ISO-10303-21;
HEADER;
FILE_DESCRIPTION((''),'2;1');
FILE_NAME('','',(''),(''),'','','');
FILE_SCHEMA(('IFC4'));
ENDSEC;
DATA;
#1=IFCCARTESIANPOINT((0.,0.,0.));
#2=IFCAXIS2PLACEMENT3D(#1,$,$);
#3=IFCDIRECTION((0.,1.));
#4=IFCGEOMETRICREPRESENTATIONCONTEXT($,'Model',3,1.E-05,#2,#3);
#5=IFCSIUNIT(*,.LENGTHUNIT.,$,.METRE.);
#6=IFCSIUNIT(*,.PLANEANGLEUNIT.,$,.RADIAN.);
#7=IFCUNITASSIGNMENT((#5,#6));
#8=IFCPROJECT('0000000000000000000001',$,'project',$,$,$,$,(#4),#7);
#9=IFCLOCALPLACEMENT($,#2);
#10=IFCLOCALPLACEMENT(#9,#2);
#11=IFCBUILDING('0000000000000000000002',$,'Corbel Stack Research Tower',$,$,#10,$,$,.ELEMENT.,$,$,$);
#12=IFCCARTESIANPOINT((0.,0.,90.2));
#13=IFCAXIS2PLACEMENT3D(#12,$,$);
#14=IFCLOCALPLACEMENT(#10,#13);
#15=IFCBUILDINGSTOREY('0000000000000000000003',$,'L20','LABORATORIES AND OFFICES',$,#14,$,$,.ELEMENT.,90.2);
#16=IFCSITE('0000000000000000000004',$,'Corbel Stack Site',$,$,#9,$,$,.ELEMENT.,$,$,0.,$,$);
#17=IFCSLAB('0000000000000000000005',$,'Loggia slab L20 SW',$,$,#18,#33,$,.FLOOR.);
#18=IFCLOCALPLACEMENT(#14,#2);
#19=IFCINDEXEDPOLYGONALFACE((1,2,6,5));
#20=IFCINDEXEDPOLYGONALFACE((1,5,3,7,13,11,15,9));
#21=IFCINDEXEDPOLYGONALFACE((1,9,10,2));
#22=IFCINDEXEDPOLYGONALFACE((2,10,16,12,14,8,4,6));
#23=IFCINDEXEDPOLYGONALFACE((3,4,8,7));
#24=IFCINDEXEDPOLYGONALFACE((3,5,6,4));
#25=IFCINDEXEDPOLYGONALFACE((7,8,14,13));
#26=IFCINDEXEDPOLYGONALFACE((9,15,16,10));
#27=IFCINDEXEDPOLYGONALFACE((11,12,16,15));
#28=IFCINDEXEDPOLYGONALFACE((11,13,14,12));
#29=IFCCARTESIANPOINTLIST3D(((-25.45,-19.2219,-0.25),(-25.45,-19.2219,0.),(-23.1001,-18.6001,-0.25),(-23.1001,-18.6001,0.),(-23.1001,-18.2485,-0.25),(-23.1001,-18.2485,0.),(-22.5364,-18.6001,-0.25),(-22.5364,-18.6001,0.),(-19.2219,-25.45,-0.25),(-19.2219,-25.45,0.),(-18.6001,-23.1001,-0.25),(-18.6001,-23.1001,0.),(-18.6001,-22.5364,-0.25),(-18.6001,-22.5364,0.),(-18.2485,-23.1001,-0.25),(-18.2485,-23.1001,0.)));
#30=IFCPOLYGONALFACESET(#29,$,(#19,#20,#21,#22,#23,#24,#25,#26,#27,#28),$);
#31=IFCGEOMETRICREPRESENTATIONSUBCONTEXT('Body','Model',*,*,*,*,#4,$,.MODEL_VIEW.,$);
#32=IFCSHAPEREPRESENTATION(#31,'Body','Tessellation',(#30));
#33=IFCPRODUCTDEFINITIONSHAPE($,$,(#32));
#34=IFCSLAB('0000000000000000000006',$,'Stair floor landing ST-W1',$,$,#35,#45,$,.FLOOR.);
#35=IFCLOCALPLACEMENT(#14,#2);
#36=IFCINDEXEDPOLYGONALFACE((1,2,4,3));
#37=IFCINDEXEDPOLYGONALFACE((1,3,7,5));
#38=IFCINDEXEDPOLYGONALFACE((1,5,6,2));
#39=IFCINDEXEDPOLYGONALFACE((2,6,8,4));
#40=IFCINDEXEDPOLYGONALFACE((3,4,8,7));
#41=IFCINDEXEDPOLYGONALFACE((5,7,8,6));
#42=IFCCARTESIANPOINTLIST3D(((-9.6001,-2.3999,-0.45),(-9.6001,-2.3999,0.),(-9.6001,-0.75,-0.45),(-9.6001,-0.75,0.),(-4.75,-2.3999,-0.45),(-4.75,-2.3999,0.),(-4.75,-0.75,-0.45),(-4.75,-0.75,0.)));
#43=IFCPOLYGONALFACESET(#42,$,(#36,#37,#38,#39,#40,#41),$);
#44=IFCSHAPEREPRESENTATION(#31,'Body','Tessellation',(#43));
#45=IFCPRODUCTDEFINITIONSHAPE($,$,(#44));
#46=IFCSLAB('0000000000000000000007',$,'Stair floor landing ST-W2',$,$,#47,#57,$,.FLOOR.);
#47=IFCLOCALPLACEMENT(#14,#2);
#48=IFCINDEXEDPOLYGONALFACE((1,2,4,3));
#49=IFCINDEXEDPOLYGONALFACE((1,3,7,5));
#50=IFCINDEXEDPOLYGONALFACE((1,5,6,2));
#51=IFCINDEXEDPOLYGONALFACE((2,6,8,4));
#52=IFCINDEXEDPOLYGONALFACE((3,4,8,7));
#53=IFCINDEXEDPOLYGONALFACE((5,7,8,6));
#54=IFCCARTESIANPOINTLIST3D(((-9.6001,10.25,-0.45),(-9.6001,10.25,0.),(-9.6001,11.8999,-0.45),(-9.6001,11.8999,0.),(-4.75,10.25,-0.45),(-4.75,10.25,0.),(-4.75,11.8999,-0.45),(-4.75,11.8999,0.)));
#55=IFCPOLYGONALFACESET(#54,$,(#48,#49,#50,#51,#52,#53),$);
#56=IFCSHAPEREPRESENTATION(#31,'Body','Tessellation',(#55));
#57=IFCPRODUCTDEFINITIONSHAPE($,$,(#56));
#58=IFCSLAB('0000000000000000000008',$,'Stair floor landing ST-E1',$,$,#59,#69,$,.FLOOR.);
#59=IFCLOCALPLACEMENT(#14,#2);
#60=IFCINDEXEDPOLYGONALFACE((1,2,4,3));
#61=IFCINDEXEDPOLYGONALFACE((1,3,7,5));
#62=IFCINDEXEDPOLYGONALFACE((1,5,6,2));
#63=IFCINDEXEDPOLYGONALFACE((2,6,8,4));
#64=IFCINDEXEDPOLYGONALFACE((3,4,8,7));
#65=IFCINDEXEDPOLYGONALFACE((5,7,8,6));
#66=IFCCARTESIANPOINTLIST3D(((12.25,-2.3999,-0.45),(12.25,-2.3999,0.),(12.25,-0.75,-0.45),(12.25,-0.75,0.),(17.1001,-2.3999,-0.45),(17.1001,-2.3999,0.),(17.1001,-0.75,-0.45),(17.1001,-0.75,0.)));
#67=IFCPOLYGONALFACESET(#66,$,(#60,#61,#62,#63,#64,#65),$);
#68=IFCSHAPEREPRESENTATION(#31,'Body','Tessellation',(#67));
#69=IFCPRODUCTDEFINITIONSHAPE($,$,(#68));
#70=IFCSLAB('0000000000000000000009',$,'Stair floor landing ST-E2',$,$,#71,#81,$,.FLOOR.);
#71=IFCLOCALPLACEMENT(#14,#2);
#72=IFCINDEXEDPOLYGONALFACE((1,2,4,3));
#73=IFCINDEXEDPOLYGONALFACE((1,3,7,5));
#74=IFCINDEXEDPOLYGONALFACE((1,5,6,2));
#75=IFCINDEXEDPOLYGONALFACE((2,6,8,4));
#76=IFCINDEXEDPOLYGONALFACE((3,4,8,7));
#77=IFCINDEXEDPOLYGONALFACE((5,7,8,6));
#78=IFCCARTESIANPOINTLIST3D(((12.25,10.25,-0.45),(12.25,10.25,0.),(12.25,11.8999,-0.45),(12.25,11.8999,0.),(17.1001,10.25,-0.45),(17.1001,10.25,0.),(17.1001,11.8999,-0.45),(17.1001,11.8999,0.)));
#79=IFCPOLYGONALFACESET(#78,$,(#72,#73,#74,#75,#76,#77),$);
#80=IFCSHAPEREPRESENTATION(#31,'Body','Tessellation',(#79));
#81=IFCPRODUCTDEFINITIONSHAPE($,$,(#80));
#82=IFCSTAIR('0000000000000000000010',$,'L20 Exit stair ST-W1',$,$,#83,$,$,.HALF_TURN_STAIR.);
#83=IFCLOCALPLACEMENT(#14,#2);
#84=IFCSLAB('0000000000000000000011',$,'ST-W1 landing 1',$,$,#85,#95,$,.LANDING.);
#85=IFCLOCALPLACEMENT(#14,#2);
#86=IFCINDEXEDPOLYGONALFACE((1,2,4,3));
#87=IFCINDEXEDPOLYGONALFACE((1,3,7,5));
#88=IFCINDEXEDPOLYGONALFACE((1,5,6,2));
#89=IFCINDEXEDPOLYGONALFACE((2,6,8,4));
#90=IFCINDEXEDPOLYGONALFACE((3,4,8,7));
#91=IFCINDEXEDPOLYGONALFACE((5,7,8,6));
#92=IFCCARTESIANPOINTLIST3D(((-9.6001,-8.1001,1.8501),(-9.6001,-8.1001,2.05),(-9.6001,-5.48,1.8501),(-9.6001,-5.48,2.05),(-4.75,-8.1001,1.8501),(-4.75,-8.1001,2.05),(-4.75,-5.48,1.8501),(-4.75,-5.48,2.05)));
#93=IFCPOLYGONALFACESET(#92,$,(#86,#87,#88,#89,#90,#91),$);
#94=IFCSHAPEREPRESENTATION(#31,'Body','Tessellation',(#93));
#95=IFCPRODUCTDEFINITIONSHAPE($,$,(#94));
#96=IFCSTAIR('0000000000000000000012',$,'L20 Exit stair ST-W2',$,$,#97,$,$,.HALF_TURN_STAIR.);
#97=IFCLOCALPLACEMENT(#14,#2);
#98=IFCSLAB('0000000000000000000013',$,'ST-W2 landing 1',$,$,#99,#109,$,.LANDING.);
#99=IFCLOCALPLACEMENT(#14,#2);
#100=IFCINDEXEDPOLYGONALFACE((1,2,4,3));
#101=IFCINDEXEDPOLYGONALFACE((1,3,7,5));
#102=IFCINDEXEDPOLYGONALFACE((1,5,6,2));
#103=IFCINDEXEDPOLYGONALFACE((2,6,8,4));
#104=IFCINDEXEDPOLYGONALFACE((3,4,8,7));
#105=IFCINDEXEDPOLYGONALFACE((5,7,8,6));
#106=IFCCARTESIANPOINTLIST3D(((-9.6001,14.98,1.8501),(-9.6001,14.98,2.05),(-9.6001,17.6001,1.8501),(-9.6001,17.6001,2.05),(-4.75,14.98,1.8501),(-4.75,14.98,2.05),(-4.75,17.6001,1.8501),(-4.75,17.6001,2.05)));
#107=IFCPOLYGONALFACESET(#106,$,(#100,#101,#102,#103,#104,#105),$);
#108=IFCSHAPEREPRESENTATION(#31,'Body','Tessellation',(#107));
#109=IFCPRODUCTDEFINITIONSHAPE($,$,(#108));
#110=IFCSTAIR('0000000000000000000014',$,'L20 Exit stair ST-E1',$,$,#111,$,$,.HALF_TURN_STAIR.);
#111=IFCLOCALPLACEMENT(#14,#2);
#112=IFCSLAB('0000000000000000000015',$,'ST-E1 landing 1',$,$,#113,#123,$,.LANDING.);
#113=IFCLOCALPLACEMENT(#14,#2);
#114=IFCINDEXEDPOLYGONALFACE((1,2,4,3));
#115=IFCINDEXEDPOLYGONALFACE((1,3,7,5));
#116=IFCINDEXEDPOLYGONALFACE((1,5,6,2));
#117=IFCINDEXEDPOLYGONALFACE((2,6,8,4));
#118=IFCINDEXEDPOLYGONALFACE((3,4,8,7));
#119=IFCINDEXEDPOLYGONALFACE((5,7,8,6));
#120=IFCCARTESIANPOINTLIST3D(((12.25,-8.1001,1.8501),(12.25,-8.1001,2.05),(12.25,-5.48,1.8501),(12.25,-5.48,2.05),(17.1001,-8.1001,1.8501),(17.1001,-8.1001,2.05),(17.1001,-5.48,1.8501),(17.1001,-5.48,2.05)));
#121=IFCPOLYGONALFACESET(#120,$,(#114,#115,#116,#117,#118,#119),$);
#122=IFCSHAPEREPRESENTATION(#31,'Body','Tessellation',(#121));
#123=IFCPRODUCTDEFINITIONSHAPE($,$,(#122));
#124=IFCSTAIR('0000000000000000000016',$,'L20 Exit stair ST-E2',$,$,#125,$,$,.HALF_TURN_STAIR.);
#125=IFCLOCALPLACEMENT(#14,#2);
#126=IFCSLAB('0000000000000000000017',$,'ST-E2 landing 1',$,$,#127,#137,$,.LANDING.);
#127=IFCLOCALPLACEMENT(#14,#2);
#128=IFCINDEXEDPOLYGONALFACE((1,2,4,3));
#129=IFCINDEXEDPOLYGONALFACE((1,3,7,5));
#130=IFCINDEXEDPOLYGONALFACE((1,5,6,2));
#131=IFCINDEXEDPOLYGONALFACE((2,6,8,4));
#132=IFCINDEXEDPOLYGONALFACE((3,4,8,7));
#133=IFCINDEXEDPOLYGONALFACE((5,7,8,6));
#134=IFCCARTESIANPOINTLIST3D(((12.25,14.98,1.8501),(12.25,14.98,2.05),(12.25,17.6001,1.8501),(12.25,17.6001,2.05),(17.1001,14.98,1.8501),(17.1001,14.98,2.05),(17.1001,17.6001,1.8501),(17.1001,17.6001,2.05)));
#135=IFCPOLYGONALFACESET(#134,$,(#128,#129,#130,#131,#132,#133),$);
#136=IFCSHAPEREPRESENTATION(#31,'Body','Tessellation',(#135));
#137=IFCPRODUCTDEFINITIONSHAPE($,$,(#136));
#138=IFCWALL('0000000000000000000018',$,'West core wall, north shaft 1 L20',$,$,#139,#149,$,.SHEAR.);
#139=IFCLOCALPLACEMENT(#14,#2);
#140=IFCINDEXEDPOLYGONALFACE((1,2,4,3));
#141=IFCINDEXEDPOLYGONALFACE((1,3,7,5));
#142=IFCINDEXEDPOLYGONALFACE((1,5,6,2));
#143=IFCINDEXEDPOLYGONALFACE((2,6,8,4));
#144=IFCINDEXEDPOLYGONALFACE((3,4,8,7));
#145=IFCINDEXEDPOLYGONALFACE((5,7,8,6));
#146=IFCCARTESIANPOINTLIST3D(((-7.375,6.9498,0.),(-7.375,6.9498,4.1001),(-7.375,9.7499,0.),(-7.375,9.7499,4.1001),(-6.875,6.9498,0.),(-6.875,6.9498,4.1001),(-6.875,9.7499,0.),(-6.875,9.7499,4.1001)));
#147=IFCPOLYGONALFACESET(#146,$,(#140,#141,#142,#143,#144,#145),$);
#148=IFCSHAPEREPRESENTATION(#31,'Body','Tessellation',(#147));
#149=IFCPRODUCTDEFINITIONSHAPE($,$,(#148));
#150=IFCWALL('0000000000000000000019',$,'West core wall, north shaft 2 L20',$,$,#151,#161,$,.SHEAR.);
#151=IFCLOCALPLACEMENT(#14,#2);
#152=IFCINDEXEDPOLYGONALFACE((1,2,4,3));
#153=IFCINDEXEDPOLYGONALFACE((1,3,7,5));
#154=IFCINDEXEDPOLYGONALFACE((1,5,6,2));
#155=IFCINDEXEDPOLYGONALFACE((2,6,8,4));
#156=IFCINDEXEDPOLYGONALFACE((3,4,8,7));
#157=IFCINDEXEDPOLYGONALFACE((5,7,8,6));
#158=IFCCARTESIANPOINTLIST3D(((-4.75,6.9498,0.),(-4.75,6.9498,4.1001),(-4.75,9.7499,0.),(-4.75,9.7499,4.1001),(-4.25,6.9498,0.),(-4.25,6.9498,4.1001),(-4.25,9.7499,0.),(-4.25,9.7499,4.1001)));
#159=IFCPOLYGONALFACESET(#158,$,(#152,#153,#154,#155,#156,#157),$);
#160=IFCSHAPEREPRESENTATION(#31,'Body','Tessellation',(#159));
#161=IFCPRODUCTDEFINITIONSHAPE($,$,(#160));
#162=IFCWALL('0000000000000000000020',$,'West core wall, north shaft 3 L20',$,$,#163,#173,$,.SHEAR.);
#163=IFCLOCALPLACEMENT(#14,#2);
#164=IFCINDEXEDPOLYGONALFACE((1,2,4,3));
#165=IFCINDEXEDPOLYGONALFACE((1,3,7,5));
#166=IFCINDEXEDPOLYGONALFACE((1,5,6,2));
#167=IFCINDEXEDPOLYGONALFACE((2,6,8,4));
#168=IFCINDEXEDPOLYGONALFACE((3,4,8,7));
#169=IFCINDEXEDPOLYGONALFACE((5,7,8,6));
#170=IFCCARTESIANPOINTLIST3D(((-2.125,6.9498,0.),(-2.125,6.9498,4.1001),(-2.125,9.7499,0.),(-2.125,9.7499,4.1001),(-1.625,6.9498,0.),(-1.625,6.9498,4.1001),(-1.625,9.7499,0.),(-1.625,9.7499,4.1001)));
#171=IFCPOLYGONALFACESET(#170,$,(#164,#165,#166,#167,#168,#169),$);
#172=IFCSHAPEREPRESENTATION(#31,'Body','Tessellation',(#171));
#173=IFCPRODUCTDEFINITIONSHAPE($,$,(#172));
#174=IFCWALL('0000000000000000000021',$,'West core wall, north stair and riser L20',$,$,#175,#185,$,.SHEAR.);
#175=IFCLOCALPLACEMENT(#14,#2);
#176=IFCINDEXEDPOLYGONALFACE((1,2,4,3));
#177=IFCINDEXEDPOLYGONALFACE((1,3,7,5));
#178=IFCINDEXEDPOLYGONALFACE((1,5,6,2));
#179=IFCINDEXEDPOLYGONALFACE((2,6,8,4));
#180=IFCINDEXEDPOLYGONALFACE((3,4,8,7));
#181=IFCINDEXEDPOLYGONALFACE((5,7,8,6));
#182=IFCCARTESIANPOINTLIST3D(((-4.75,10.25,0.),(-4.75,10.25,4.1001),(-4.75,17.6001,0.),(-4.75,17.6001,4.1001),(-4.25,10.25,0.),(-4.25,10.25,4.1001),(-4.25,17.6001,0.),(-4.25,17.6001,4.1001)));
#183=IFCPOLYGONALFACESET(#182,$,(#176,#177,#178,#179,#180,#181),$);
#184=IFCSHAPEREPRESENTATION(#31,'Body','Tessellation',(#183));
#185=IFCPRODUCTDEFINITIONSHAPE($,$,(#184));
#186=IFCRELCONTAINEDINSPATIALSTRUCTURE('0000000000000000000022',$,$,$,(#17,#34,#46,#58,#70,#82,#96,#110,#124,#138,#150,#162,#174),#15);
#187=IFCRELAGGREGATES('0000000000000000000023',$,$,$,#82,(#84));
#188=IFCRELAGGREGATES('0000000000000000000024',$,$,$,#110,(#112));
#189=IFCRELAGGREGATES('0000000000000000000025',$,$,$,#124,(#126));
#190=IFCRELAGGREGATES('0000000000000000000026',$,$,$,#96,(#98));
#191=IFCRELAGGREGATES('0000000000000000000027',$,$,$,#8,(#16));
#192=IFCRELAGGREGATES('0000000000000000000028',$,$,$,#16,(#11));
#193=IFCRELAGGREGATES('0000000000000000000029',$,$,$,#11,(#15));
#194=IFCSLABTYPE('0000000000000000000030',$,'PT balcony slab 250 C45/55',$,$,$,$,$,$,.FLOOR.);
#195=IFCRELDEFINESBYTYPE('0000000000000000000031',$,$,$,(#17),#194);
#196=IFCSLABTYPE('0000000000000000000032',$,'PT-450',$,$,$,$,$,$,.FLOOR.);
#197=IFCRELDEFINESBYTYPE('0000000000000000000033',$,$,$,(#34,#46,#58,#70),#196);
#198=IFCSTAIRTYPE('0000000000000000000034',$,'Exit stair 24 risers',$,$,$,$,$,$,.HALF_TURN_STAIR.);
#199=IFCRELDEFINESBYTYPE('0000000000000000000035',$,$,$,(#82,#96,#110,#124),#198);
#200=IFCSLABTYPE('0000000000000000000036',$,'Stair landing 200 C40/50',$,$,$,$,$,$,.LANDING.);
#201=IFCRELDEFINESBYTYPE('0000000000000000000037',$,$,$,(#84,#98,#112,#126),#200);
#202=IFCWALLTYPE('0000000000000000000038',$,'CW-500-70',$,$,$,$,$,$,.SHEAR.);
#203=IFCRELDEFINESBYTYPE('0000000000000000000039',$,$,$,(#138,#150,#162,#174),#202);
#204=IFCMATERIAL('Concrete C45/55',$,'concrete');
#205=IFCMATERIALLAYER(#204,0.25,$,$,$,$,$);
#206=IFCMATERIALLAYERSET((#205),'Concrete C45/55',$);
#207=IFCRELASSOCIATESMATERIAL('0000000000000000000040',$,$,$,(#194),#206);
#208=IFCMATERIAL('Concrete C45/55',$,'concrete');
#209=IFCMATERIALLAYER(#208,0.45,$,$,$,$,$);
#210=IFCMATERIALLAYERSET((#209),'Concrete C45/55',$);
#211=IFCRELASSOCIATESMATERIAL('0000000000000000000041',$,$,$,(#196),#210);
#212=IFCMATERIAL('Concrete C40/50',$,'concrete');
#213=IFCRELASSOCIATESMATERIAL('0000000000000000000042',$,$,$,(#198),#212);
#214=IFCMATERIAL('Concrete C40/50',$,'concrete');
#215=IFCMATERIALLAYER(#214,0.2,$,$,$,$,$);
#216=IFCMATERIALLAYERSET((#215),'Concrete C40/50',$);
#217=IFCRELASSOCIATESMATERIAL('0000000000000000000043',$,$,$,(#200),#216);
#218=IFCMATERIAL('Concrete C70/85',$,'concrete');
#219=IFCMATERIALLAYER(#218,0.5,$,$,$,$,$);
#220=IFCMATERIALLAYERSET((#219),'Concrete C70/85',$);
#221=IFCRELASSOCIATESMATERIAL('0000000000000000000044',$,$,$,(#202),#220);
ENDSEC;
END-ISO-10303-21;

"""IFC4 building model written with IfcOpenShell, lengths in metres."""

from ifc_helpers import new_model, si_unit, direction, frame, frame_2d, origin, place, context, subcontext, project, spatial, polyline, rectangle, outline, extrude, material, layer, layer_set, type_object, element, aggregate, save


model = new_model("IFC4")

# Units and contexts
model_context = context("Model", 3, precision=1e-05, world=origin(), true_north=direction((0.0, 1.0)))
body_context = subcontext(model_context, "Body", "Model", "MODEL_VIEW")
ifc_project = project(units=[si_unit("LENGTHUNIT", "METRE"), si_unit("PLANEANGLEUNIT", "RADIAN")], contexts=[model_context])

# Site, building, storey
site_placement = place(None, origin())
site = spatial("IfcSite", under=ifc_project, at=site_placement, Name="Corbel Stack Site", CompositionType="ELEMENT", RefElevation=0.0)
building_placement = place(site_placement, origin())
building = spatial("IfcBuilding", under=site, at=building_placement, Name="Corbel Stack Research Tower", CompositionType="ELEMENT")
storey_placement = place(building_placement, frame((0.0, 0.0, 90.2)))
storey = spatial("IfcBuildingStorey", under=building, at=storey_placement, Name="L20", Description="LABORATORIES AND OFFICES", CompositionType="ELEMENT", Elevation=90.2)

# Slabs
ifc_material_1 = material(Name="Concrete C45/55", Category="concrete")
ifc_layer_1 = layer(ifc_material_1, 0.25)
ifc_layer_set_1 = layer_set([ifc_layer_1], Name="Concrete C45/55")
slab_type_1 = type_object("IfcSlabType", Name="PT balcony slab 250 C45/55", PredefinedType="FLOOR", material=ifc_layer_set_1)
slab_1_placement = place(storey_placement, frame((0.0, 0.0, -0.25)))
element("IfcSlab", 1, at=slab_1_placement, inside=storey, type_object=slab_type_1, Name="Loggia slab L20 SW", PredefinedType="FLOOR", context=body_context, shape_type="SweptSolid", body=[
    extrude(outline(polyline([(-18.2485, -23.1001), (-18.6001, -23.1001), (-18.6001, -22.5364), (-22.5364, -18.6001), (-23.1001, -18.6001), (-23.1001, -18.2485), (-25.45, -19.2219), (-19.2219, -25.45), (-18.2485, -23.1001)])), origin(), (0.0, 0.0, 1.0), 0.25),
])
ifc_material_2 = material(Name="Concrete C45/55", Category="concrete")
ifc_layer_2 = layer(ifc_material_2, 0.45)
ifc_layer_set_2 = layer_set([ifc_layer_2], Name="Concrete C45/55")
slab_type_2 = type_object("IfcSlabType", Name="PT-450", PredefinedType="FLOOR", material=ifc_layer_set_2)
slab_2_placement = place(storey_placement, frame((0.0, 0.0, -0.45)))
element("IfcSlab", 2, at=slab_2_placement, inside=storey, type_object=slab_type_2, Name="Stair floor landing ST-W1", PredefinedType="FLOOR", context=body_context, shape_type="SweptSolid", body=[
    extrude(outline(polyline([(-9.6001, -2.3999), (-4.75, -2.3999), (-4.75, -0.75), (-9.6001, -0.75), (-9.6001, -2.3999)])), origin(), (0.0, 0.0, 1.0), 0.45),
])
slab_3_placement = place(storey_placement, frame((0.0, 0.0, -0.45)))
element("IfcSlab", 3, at=slab_3_placement, inside=storey, type_object=slab_type_2, Name="Stair floor landing ST-W2", PredefinedType="FLOOR", context=body_context, shape_type="SweptSolid", body=[
    extrude(outline(polyline([(-9.6001, 10.25), (-4.75, 10.25), (-4.75, 11.8999), (-9.6001, 11.8999), (-9.6001, 10.25)])), origin(), (0.0, 0.0, 1.0), 0.45),
])
slab_4_placement = place(storey_placement, frame((0.0, 0.0, -0.45)))
element("IfcSlab", 4, at=slab_4_placement, inside=storey, type_object=slab_type_2, Name="Stair floor landing ST-E1", PredefinedType="FLOOR", context=body_context, shape_type="SweptSolid", body=[
    extrude(outline(polyline([(12.25, -2.3999), (17.1001, -2.3999), (17.1001, -0.75), (12.25, -0.75), (12.25, -2.3999)])), origin(), (0.0, 0.0, 1.0), 0.45),
])
slab_5_placement = place(storey_placement, frame((0.0, 0.0, -0.45)))
element("IfcSlab", 5, at=slab_5_placement, inside=storey, type_object=slab_type_2, Name="Stair floor landing ST-E2", PredefinedType="FLOOR", context=body_context, shape_type="SweptSolid", body=[
    extrude(outline(polyline([(12.25, 10.25), (17.1001, 10.25), (17.1001, 11.8999), (12.25, 11.8999), (12.25, 10.25)])), origin(), (0.0, 0.0, 1.0), 0.45),
])

# Stairs, slabs
ifc_material_3 = material(Name="Concrete C40/50", Category="concrete")
stair_type = type_object("IfcStairType", Name="Exit stair 24 risers", PredefinedType="HALF_TURN_STAIR", material=ifc_material_3)
stair_1_placement = place(storey_placement, origin())
stair_1 = element("IfcStair", 6, at=stair_1_placement, inside=storey, type_object=stair_type, Name="L20 Exit stair ST-W1", PredefinedType="HALF_TURN_STAIR")
ifc_material_4 = material(Name="Concrete C40/50", Category="concrete")
ifc_layer_3 = layer(ifc_material_4, 0.2)
ifc_layer_set_3 = layer_set([ifc_layer_3], Name="Concrete C40/50")
slab_type_3 = type_object("IfcSlabType", Name="Stair landing 200 C40/50", PredefinedType="LANDING", material=ifc_layer_set_3)
slab_6_placement = place(storey_placement, frame((0.0, 0.0, 1.8501)))
slab_6 = element("IfcSlab", 7, at=slab_6_placement, type_object=slab_type_3, Name="ST-W1 landing 1", PredefinedType="LANDING", context=body_context, shape_type="SweptSolid", body=[
    extrude(outline(polyline([(-9.6001, -8.1001), (-9.6001, -5.48), (-4.75, -5.48), (-4.75, -8.1001), (-9.6001, -8.1001)])), origin(), (0.0, 0.0, 1.0), 0.2),
])
aggregate(stair_1, [slab_6])
stair_2_placement = place(storey_placement, origin())
stair_2 = element("IfcStair", 8, at=stair_2_placement, inside=storey, type_object=stair_type, Name="L20 Exit stair ST-W2", PredefinedType="HALF_TURN_STAIR")
slab_7_placement = place(storey_placement, frame((0.0, 0.0, 1.8501)))
slab_7 = element("IfcSlab", 9, at=slab_7_placement, type_object=slab_type_3, Name="ST-W2 landing 1", PredefinedType="LANDING", context=body_context, shape_type="SweptSolid", body=[
    extrude(outline(polyline([(-9.6001, 14.98), (-9.6001, 17.6001), (-4.75, 17.6001), (-4.75, 14.98), (-9.6001, 14.98)])), origin(), (0.0, 0.0, 1.0), 0.2),
])
stair_3_placement = place(storey_placement, origin())
stair_3 = element("IfcStair", 10, at=stair_3_placement, inside=storey, type_object=stair_type, Name="L20 Exit stair ST-E1", PredefinedType="HALF_TURN_STAIR")
slab_8_placement = place(storey_placement, frame((0.0, 0.0, 1.8501)))
slab_8 = element("IfcSlab", 11, at=slab_8_placement, type_object=slab_type_3, Name="ST-E1 landing 1", PredefinedType="LANDING", context=body_context, shape_type="SweptSolid", body=[
    extrude(outline(polyline([(12.25, -8.1001), (12.25, -5.48), (17.1001, -5.48), (17.1001, -8.1001), (12.25, -8.1001)])), origin(), (0.0, 0.0, 1.0), 0.2),
])
aggregate(stair_3, [slab_8])
stair_4_placement = place(storey_placement, origin())
stair_4 = element("IfcStair", 12, at=stair_4_placement, inside=storey, type_object=stair_type, Name="L20 Exit stair ST-E2", PredefinedType="HALF_TURN_STAIR")
slab_9_placement = place(storey_placement, frame((0.0, 0.0, 1.8501)))
slab_9 = element("IfcSlab", 13, at=slab_9_placement, type_object=slab_type_3, Name="ST-E2 landing 1", PredefinedType="LANDING", context=body_context, shape_type="SweptSolid", body=[
    extrude(outline(polyline([(12.25, 14.98), (12.25, 17.6001), (17.1001, 17.6001), (17.1001, 14.98), (12.25, 14.98)])), origin(), (0.0, 0.0, 1.0), 0.2),
])
aggregate(stair_4, [slab_9])

# Walls
ifc_material_5 = material(Name="Concrete C70/85", Category="concrete")
ifc_layer_4 = layer(ifc_material_5, 0.5)
ifc_layer_set_4 = layer_set([ifc_layer_4], Name="Concrete C70/85")
wall_type_1 = type_object("IfcWallType", Name="CW-500-70", PredefinedType="SHEAR", material=ifc_layer_set_4)
for number, where, z_axis, x_axis, name in (
    (14, (-7.125, 6.95, 0.0), (0.0, 0.0, 1.0), (0.0, 1.0, 0.0), "West core wall, north shaft 1 L20"),
    (15, (-4.5, 6.95, 0.0), (0.0, 0.0, 1.0), (0.0, 1.0, 0.0), "West core wall, north shaft 2 L20"),
    (16, (-1.875, 6.95, 0.0), (0.0, 0.0, 1.0), (0.0, 1.0, 0.0), "West core wall, north shaft 3 L20"),
):
    element("IfcWall", number, at=place(storey_placement, frame(where, z_axis=z_axis, x_axis=x_axis)), inside=storey, type_object=wall_type_1, Name=name, PredefinedType="SHEAR", context=body_context, shape_type="SweptSolid", body=[
        extrude(rectangle(XDim=2.8, YDim=0.5, at=frame_2d((1.3999, 0.0))), origin(), (0.0, 0.0, 1.0), 4.1001),
    ])
wall_1_placement = place(storey_placement, frame((-4.5, 10.25, 0.0), z_axis=(0.0, 0.0, 1.0), x_axis=(0.0, 1.0, 0.0)))
element("IfcWall", 17, at=wall_1_placement, inside=storey, type_object=wall_type_1, Name="West core wall, north stair and riser L20", PredefinedType="SHEAR", context=body_context, shape_type="SweptSolid", body=[
    extrude(rectangle(XDim=7.3501, YDim=0.5, at=frame_2d((3.675, 0.0))), origin(), (0.0, 0.0, 1.0), 4.1001),
])

aggregate(stair_2, [slab_7])

save(model, "model.ifc")
